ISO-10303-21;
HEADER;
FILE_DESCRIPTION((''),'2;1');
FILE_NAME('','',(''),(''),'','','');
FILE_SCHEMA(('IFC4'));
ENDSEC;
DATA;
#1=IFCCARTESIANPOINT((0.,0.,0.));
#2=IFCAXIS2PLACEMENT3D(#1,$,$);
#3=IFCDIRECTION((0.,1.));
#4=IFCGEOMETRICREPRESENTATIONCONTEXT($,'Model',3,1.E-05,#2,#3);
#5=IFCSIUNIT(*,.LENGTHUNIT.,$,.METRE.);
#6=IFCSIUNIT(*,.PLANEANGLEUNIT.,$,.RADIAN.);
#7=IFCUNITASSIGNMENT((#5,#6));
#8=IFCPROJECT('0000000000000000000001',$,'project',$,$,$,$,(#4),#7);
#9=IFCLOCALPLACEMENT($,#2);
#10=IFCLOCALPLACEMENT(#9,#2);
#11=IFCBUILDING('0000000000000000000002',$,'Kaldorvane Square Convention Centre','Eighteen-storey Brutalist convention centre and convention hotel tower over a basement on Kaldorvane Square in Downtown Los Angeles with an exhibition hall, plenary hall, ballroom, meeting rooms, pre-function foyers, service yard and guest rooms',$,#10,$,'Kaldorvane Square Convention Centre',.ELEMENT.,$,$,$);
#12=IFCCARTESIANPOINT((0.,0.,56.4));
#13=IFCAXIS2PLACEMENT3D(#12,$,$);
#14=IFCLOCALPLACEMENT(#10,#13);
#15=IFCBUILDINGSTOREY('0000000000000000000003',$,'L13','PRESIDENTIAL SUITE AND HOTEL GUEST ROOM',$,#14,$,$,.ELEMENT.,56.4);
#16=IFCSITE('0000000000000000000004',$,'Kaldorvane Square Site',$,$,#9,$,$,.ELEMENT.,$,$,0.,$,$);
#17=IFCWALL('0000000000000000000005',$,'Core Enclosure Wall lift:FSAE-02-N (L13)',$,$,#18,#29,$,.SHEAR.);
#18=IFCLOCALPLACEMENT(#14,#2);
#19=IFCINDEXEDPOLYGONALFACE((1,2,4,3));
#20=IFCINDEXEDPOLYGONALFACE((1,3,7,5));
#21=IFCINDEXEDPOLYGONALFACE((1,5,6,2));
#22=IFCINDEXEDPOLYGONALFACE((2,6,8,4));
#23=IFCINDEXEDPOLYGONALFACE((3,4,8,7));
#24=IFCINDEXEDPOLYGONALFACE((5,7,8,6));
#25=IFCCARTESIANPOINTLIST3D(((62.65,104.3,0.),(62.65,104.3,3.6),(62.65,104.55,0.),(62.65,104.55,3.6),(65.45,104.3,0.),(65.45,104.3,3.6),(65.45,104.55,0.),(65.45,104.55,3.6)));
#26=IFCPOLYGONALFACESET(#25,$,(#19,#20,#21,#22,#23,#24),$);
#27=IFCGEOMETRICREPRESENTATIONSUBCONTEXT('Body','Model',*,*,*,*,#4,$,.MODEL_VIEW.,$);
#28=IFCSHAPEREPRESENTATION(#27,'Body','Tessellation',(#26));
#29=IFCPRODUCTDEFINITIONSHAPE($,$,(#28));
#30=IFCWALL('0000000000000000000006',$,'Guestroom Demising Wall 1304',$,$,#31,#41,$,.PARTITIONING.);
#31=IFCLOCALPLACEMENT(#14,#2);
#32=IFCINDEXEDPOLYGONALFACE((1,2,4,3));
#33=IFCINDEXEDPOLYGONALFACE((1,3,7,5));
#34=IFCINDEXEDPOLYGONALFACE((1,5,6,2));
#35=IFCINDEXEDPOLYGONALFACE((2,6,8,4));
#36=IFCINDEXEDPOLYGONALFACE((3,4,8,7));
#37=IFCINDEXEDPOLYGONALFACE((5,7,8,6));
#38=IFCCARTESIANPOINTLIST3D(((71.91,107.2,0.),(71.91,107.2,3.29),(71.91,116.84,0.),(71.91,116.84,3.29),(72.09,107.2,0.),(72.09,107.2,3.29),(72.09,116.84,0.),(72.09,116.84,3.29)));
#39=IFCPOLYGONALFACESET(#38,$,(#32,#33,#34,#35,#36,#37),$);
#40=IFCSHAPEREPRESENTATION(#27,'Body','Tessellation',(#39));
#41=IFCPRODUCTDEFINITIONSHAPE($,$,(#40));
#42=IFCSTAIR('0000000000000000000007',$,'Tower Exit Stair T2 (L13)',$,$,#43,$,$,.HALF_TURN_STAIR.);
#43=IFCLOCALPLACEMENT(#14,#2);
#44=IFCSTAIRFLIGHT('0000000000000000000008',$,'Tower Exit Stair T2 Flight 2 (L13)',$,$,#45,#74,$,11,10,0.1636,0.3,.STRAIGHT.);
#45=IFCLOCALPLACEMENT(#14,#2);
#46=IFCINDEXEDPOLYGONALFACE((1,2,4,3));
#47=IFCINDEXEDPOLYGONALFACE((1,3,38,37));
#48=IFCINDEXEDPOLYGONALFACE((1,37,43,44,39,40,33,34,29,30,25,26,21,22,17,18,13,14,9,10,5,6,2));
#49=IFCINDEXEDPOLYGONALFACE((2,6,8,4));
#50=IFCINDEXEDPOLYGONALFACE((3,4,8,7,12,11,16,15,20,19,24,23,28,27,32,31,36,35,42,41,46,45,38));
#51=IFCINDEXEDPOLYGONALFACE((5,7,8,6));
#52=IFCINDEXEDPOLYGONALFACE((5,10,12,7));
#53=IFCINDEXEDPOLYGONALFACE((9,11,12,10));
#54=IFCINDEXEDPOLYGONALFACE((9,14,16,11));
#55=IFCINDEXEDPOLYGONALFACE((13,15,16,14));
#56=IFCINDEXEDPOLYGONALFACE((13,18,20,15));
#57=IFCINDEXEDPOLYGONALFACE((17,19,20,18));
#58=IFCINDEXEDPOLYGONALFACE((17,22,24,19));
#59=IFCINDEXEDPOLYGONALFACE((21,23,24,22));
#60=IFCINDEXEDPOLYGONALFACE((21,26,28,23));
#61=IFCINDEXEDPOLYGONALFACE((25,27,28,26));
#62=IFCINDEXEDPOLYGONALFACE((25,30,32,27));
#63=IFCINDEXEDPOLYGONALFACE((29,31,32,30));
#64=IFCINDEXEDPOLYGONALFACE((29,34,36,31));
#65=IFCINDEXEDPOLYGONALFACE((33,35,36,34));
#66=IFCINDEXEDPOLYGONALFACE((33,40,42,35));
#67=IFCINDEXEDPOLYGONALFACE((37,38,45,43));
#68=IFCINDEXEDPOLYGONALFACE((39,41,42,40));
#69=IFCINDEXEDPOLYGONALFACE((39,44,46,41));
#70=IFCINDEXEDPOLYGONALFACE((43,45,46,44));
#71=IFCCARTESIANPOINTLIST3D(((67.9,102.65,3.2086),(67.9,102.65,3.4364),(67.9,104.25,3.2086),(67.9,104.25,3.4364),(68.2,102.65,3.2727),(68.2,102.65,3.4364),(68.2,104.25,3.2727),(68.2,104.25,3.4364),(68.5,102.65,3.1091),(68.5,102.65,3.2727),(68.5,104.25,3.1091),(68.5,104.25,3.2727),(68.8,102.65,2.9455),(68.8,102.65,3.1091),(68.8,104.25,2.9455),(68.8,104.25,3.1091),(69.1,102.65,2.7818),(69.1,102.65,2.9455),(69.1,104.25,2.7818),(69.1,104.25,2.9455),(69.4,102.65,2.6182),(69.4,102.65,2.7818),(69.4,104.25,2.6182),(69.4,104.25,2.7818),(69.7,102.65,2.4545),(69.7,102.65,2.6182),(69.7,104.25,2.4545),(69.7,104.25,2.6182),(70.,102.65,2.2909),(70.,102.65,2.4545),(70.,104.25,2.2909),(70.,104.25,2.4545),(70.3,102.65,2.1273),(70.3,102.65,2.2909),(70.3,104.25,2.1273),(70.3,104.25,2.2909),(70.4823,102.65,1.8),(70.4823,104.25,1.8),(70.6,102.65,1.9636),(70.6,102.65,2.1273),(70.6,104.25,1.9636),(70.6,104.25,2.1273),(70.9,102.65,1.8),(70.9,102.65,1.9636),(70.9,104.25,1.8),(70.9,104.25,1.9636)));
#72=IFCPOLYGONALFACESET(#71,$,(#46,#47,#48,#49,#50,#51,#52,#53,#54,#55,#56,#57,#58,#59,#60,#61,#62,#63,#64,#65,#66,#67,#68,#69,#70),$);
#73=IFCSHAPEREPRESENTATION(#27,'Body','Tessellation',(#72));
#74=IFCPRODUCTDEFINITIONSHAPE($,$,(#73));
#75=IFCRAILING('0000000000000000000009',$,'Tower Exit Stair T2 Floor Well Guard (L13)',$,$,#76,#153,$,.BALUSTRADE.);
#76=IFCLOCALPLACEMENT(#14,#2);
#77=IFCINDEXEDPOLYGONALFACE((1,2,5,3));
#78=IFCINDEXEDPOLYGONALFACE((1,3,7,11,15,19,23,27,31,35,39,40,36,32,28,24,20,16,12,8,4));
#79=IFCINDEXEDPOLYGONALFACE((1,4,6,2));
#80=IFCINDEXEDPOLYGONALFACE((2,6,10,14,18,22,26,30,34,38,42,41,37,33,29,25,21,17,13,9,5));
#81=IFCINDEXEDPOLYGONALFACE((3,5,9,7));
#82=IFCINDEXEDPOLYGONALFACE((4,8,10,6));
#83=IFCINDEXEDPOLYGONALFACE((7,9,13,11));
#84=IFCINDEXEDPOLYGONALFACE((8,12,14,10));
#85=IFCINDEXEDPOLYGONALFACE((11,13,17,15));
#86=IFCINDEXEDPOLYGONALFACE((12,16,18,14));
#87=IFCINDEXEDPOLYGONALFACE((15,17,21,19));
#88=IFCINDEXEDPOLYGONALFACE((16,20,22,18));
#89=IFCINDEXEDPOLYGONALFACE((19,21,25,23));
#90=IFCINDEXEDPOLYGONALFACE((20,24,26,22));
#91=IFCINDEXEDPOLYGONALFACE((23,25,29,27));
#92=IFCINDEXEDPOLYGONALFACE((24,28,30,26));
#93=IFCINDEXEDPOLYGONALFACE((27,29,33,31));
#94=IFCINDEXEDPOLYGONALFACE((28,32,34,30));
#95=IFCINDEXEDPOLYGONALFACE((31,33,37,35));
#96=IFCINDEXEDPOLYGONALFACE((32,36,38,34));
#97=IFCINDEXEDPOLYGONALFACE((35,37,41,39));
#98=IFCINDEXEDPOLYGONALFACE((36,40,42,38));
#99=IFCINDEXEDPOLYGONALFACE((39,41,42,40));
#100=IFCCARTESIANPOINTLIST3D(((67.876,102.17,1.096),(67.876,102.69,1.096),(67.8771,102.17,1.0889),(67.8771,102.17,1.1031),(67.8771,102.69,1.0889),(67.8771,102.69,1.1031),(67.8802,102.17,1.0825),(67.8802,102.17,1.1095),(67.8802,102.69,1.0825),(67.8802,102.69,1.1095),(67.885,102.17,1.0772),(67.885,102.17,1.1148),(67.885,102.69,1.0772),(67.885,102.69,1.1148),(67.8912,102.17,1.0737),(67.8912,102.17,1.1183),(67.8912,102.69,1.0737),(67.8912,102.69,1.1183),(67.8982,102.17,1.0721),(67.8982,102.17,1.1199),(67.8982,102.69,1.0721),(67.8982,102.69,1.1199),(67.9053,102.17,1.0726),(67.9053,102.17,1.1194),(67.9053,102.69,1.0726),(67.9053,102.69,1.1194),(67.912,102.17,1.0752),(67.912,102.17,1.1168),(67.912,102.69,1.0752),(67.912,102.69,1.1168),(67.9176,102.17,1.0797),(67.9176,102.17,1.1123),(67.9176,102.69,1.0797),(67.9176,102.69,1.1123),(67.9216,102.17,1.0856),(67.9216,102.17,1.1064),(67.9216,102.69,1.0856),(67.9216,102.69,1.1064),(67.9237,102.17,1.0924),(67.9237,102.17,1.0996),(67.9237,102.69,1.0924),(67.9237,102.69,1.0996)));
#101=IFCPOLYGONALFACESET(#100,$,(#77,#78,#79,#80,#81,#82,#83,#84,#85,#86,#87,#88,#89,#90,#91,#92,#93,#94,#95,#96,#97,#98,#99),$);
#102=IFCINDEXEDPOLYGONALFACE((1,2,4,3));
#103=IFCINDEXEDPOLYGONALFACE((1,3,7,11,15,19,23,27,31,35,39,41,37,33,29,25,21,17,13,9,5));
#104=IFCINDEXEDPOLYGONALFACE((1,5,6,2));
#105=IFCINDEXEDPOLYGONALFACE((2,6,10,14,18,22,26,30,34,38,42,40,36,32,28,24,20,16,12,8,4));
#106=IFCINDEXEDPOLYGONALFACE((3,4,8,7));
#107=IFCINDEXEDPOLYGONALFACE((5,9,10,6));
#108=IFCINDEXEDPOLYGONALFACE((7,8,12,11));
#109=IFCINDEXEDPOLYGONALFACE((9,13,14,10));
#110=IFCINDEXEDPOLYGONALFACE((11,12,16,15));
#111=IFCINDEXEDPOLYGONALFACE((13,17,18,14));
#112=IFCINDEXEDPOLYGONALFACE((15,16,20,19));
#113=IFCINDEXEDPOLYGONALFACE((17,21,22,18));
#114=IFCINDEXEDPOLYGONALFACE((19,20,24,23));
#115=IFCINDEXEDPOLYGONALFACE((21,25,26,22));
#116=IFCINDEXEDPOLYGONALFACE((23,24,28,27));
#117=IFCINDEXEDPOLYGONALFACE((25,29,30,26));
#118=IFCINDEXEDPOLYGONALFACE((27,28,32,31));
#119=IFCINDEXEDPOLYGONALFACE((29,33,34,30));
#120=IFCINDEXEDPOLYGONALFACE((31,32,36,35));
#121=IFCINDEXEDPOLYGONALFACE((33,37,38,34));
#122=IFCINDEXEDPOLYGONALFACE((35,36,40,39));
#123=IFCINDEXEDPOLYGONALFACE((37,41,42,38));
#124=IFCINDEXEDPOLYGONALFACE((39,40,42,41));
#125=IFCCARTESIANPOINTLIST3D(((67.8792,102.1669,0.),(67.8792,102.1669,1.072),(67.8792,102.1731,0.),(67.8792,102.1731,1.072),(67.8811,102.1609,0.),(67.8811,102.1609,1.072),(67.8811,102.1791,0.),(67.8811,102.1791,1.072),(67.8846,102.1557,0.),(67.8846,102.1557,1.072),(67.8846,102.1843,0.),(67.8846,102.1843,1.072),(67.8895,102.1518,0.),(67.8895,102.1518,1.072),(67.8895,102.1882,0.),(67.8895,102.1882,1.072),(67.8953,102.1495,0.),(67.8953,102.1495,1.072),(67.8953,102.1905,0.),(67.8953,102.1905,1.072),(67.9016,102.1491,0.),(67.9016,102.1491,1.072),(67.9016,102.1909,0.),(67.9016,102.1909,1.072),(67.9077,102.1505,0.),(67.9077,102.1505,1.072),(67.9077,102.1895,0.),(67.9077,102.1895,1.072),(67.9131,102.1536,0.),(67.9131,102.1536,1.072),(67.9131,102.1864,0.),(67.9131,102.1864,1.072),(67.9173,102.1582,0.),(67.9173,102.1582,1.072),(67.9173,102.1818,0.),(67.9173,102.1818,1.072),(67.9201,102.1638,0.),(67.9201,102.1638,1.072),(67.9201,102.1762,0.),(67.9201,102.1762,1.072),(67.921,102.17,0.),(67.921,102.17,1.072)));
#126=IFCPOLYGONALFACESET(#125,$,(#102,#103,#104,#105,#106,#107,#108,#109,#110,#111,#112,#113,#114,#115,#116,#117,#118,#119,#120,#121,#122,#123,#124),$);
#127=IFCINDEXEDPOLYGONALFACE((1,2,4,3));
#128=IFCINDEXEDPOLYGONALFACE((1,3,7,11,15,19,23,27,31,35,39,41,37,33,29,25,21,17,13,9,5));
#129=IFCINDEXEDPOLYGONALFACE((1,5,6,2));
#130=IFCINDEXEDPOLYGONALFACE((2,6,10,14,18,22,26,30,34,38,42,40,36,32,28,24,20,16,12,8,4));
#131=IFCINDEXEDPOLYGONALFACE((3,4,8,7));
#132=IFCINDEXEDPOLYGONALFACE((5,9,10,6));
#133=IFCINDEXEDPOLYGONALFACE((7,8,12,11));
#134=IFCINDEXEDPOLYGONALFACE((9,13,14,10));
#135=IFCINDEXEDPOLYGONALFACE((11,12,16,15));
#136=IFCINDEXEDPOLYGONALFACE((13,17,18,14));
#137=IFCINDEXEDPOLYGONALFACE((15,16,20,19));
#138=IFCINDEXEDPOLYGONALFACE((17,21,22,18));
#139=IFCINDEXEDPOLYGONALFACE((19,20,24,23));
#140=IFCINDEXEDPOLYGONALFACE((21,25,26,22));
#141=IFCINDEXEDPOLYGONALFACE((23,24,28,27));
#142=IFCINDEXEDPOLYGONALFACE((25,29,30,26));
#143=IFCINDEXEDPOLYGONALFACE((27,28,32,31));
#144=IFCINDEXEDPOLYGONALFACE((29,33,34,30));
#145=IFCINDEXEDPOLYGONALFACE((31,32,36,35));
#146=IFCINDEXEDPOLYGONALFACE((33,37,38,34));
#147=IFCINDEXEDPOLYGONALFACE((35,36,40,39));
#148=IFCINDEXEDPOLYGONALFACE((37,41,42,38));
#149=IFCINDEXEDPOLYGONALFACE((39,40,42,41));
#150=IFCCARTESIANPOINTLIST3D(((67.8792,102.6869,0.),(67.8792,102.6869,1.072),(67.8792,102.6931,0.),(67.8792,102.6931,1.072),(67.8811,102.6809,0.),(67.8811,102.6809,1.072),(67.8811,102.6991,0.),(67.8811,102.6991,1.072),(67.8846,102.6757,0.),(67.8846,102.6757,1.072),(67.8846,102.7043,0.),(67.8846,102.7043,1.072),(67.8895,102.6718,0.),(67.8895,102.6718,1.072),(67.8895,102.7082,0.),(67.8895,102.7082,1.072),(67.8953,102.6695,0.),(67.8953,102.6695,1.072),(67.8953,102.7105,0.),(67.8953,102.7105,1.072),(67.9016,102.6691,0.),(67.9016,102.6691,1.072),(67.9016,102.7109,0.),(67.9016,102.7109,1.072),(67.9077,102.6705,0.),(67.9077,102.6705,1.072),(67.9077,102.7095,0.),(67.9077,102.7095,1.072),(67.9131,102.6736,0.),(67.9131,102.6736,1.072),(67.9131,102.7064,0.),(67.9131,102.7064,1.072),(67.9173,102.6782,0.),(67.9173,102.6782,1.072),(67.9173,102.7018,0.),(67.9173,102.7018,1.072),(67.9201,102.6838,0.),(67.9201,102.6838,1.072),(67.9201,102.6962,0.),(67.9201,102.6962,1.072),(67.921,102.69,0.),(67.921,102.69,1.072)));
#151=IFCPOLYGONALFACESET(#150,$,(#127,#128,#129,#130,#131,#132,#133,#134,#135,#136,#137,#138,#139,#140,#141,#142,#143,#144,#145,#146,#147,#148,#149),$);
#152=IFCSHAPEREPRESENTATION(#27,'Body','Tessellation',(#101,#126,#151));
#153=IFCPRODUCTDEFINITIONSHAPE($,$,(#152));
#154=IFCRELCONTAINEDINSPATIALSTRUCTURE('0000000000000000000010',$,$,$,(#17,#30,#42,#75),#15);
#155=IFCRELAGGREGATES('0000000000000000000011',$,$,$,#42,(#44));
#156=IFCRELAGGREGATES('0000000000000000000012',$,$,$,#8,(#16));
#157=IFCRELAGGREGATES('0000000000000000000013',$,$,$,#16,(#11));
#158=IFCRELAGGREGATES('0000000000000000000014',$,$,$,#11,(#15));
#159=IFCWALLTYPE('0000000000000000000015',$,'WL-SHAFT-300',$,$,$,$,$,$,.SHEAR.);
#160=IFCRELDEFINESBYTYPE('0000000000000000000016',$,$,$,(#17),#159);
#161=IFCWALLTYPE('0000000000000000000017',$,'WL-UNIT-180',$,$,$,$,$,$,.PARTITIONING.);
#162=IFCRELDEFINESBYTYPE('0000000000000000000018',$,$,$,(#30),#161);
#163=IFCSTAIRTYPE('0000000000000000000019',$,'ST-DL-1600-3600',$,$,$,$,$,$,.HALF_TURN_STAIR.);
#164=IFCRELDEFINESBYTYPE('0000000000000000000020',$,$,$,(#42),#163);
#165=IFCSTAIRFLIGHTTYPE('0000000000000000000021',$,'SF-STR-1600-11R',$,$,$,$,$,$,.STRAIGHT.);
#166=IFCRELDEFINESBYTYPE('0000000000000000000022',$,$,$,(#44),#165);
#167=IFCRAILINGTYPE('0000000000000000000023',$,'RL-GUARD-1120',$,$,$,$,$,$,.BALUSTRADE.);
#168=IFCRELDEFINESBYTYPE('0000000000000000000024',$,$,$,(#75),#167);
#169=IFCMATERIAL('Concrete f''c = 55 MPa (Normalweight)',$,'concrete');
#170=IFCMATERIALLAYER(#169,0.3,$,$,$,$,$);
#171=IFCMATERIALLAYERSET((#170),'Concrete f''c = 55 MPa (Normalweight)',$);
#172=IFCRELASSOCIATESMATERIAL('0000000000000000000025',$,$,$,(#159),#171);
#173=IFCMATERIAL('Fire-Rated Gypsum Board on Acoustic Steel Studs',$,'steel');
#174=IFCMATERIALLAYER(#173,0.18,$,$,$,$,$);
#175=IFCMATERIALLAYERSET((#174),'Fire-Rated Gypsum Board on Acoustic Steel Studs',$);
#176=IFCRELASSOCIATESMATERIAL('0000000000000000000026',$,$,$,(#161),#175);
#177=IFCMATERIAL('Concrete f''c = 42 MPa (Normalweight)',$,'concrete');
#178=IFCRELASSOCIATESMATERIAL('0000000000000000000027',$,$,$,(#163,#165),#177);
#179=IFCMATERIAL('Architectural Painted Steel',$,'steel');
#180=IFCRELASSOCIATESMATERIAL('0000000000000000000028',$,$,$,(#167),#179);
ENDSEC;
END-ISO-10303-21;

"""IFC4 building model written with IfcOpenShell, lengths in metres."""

from ifc_helpers import new_model, si_unit, direction, frame, frame_2d, origin, origin_2d, place, context, subcontext, project, spatial, polyline, rectangle, circle, outline, extrude, material, layer, layer_set, type_object, element, aggregate, save


model = new_model("IFC4")

# Units and contexts
model_context = context("Model", 3, precision=1e-05, world=origin(), true_north=direction((0.0, 1.0)))
body_context = subcontext(model_context, "Body", "Model", "MODEL_VIEW")
ifc_project = project(units=[si_unit("LENGTHUNIT", "METRE"), si_unit("PLANEANGLEUNIT", "RADIAN")], contexts=[model_context])

# Site, building, storey
site_placement = place(None, origin())
site = spatial("IfcSite", under=ifc_project, at=site_placement, Name="Kaldorvane Square Site", CompositionType="ELEMENT", RefElevation=0.0)
building_placement = place(site_placement, origin())
building = spatial("IfcBuilding", under=site, at=building_placement, Name="Kaldorvane Square Convention Centre", Description="Eighteen-storey Brutalist convention centre and convention hotel tower over a basement on Kaldorvane Square in Downtown Los Angeles with an exhibition hall, plenary hall, ballroom, meeting rooms, pre-function foyers, service yard and guest rooms", LongName="Kaldorvane Square Convention Centre", CompositionType="ELEMENT")
storey_placement = place(building_placement, frame((0.0, 0.0, 56.4)))
storey = spatial("IfcBuildingStorey", under=building, at=storey_placement, Name="L13", Description="PRESIDENTIAL SUITE AND HOTEL GUEST ROOM", CompositionType="ELEMENT", Elevation=56.4)

# Shared definitions
ifc_material_1 = material(Name="Concrete f'c = 42 MPa (Normalweight)", Category="concrete")

# Shared definitions
ifc_material_2 = material(Name="Fire-Rated Gypsum Board on Acoustic Steel Studs", Category="steel")

# Walls
ifc_material_3 = material(Name="Concrete f'c = 55 MPa (Normalweight)", Category="concrete")
ifc_layer_1 = layer(ifc_material_3, 0.3)
ifc_layer_set_1 = layer_set([ifc_layer_1], Name="Concrete f'c = 55 MPa (Normalweight)")
wall_type_1 = type_object("IfcWallType", Name="WL-SHAFT-300", PredefinedType="SHEAR", material=ifc_layer_set_1)
wall_1_placement = place(storey_placement, frame((65.45, 104.425, 0.0), z_axis=(0.0, 0.0, 1.0), x_axis=(-1.0, 0.0, 0.0)))
element("IfcWall", 1, at=wall_1_placement, inside=storey, type_object=wall_type_1, Name="Core Enclosure Wall lift:FSAE-02-N (L13)", PredefinedType="SHEAR", context=body_context, shape_type="SweptSolid", body=[
    extrude(rectangle(XDim=2.8, YDim=0.25, at=frame_2d((1.4, 0.0))), origin(), (0.0, 0.0, 1.0), 3.6),
])
ifc_layer_2 = layer(ifc_material_2, 0.18)
ifc_layer_set_2 = layer_set([ifc_layer_2], Name="Fire-Rated Gypsum Board on Acoustic Steel Studs")
wall_type_2 = type_object("IfcWallType", Name="WL-UNIT-180", PredefinedType="PARTITIONING", material=ifc_layer_set_2)
wall_2_placement = place(storey_placement, frame((72.0, 107.2, 0.0), z_axis=(0.0, 0.0, 1.0), x_axis=(0.0, 1.0, 0.0)))
element("IfcWall", 2, at=wall_2_placement, inside=storey, type_object=wall_type_2, Name="Guestroom Demising Wall 1304", PredefinedType="PARTITIONING", context=body_context, shape_type="SweptSolid", body=[
    extrude(rectangle(XDim=9.64, YDim=0.18, at=frame_2d((4.82, 0.0))), origin(), (0.0, 0.0, 1.0), 3.29),
])

# Stair, stair flight
stair_type = type_object("IfcStairType", Name="ST-DL-1600-3600", PredefinedType="HALF_TURN_STAIR", material=ifc_material_1)
stair_placement = place(storey_placement, origin())
stair = element("IfcStair", 3, at=stair_placement, inside=storey, type_object=stair_type, Name="Tower Exit Stair T2 (L13)", PredefinedType="HALF_TURN_STAIR")
stair_flight_type = type_object("IfcStairFlightType", Name="SF-STR-1600-11R", PredefinedType="STRAIGHT", material=ifc_material_1)
stair_flight_placement = place(storey_placement, frame((70.9, 103.45, 1.8), z_axis=(0.0, 0.0, 1.0), x_axis=(-1.0, 0.0, 0.0)))
stair_flight = element("IfcStairFlight", 4, at=stair_flight_placement, type_object=stair_flight_type, Name="Tower Exit Stair T2 Flight 2 (L13)", NumberOfRisers=11, NumberOfTreads=10, PredefinedType="STRAIGHT", RiserHeight=0.1636, TreadLength=0.3, context=body_context, shape_type="SweptSolid", body=[
    extrude(outline(polyline([(0.0, 0.0), (0.0, 0.1636), (0.3, 0.1636), (0.3, 0.3273), (0.6, 0.3273), (0.6, 0.4909), (0.9, 0.4909), (0.9, 0.6545), (1.2, 0.6545), (1.2, 0.8182), (1.5, 0.8182), (1.5, 0.9818), (1.8, 0.9818), (1.8, 1.1455), (2.1, 1.1455), (2.1, 1.3091), (2.4, 1.3091), (2.4, 1.4727), (2.7, 1.4727), (2.7, 1.6364), (3.0, 1.6364), (3.0, 1.8), (3.0, 1.4086), (0.4177, 0.0), (0.0, 0.0)])), frame((0.0, 0.8, 0.0), z_axis=(0.0, -1.0, 0.0), x_axis=(1.0, 0.0, 0.0)), (0.0, 0.0, 1.0), 1.6),
])
aggregate(stair, [stair_flight])

# Railing
ifc_material_4 = material(Name="Architectural Painted Steel", Category="steel")
railing_type_1 = type_object("IfcRailingType", Name="RL-GUARD-1120", PredefinedType="BALUSTRADE", material=ifc_material_4)
for number, where, name in (
    (5, (67.9, 102.17, 0.0), "Tower Exit Stair T2 Floor Well Guard (L13)"),
):
    element("IfcRailing", number, at=place(storey_placement, frame(where)), inside=storey, type_object=railing_type_1, Name=name, PredefinedType="BALUSTRADE", context=body_context, shape_type="SweptSolid", body=[
        extrude(circle(Radius=0.024, at=origin_2d()), frame((0.0, 0.0, 1.096), z_axis=(0.0, 1.0, 0.0), x_axis=(-1.0, 0.0, 0.0)), (0.0, 0.0, 1.0), 0.52),
        extrude(circle(Radius=0.021, at=origin_2d()), origin(), (0.0, 0.0, 1.0), 1.072),
        extrude(circle(Radius=0.021, at=origin_2d()), frame((0.0, 0.52, 0.0)), (0.0, 0.0, 1.0), 1.072),
    ])

save(model, "model.ifc")
